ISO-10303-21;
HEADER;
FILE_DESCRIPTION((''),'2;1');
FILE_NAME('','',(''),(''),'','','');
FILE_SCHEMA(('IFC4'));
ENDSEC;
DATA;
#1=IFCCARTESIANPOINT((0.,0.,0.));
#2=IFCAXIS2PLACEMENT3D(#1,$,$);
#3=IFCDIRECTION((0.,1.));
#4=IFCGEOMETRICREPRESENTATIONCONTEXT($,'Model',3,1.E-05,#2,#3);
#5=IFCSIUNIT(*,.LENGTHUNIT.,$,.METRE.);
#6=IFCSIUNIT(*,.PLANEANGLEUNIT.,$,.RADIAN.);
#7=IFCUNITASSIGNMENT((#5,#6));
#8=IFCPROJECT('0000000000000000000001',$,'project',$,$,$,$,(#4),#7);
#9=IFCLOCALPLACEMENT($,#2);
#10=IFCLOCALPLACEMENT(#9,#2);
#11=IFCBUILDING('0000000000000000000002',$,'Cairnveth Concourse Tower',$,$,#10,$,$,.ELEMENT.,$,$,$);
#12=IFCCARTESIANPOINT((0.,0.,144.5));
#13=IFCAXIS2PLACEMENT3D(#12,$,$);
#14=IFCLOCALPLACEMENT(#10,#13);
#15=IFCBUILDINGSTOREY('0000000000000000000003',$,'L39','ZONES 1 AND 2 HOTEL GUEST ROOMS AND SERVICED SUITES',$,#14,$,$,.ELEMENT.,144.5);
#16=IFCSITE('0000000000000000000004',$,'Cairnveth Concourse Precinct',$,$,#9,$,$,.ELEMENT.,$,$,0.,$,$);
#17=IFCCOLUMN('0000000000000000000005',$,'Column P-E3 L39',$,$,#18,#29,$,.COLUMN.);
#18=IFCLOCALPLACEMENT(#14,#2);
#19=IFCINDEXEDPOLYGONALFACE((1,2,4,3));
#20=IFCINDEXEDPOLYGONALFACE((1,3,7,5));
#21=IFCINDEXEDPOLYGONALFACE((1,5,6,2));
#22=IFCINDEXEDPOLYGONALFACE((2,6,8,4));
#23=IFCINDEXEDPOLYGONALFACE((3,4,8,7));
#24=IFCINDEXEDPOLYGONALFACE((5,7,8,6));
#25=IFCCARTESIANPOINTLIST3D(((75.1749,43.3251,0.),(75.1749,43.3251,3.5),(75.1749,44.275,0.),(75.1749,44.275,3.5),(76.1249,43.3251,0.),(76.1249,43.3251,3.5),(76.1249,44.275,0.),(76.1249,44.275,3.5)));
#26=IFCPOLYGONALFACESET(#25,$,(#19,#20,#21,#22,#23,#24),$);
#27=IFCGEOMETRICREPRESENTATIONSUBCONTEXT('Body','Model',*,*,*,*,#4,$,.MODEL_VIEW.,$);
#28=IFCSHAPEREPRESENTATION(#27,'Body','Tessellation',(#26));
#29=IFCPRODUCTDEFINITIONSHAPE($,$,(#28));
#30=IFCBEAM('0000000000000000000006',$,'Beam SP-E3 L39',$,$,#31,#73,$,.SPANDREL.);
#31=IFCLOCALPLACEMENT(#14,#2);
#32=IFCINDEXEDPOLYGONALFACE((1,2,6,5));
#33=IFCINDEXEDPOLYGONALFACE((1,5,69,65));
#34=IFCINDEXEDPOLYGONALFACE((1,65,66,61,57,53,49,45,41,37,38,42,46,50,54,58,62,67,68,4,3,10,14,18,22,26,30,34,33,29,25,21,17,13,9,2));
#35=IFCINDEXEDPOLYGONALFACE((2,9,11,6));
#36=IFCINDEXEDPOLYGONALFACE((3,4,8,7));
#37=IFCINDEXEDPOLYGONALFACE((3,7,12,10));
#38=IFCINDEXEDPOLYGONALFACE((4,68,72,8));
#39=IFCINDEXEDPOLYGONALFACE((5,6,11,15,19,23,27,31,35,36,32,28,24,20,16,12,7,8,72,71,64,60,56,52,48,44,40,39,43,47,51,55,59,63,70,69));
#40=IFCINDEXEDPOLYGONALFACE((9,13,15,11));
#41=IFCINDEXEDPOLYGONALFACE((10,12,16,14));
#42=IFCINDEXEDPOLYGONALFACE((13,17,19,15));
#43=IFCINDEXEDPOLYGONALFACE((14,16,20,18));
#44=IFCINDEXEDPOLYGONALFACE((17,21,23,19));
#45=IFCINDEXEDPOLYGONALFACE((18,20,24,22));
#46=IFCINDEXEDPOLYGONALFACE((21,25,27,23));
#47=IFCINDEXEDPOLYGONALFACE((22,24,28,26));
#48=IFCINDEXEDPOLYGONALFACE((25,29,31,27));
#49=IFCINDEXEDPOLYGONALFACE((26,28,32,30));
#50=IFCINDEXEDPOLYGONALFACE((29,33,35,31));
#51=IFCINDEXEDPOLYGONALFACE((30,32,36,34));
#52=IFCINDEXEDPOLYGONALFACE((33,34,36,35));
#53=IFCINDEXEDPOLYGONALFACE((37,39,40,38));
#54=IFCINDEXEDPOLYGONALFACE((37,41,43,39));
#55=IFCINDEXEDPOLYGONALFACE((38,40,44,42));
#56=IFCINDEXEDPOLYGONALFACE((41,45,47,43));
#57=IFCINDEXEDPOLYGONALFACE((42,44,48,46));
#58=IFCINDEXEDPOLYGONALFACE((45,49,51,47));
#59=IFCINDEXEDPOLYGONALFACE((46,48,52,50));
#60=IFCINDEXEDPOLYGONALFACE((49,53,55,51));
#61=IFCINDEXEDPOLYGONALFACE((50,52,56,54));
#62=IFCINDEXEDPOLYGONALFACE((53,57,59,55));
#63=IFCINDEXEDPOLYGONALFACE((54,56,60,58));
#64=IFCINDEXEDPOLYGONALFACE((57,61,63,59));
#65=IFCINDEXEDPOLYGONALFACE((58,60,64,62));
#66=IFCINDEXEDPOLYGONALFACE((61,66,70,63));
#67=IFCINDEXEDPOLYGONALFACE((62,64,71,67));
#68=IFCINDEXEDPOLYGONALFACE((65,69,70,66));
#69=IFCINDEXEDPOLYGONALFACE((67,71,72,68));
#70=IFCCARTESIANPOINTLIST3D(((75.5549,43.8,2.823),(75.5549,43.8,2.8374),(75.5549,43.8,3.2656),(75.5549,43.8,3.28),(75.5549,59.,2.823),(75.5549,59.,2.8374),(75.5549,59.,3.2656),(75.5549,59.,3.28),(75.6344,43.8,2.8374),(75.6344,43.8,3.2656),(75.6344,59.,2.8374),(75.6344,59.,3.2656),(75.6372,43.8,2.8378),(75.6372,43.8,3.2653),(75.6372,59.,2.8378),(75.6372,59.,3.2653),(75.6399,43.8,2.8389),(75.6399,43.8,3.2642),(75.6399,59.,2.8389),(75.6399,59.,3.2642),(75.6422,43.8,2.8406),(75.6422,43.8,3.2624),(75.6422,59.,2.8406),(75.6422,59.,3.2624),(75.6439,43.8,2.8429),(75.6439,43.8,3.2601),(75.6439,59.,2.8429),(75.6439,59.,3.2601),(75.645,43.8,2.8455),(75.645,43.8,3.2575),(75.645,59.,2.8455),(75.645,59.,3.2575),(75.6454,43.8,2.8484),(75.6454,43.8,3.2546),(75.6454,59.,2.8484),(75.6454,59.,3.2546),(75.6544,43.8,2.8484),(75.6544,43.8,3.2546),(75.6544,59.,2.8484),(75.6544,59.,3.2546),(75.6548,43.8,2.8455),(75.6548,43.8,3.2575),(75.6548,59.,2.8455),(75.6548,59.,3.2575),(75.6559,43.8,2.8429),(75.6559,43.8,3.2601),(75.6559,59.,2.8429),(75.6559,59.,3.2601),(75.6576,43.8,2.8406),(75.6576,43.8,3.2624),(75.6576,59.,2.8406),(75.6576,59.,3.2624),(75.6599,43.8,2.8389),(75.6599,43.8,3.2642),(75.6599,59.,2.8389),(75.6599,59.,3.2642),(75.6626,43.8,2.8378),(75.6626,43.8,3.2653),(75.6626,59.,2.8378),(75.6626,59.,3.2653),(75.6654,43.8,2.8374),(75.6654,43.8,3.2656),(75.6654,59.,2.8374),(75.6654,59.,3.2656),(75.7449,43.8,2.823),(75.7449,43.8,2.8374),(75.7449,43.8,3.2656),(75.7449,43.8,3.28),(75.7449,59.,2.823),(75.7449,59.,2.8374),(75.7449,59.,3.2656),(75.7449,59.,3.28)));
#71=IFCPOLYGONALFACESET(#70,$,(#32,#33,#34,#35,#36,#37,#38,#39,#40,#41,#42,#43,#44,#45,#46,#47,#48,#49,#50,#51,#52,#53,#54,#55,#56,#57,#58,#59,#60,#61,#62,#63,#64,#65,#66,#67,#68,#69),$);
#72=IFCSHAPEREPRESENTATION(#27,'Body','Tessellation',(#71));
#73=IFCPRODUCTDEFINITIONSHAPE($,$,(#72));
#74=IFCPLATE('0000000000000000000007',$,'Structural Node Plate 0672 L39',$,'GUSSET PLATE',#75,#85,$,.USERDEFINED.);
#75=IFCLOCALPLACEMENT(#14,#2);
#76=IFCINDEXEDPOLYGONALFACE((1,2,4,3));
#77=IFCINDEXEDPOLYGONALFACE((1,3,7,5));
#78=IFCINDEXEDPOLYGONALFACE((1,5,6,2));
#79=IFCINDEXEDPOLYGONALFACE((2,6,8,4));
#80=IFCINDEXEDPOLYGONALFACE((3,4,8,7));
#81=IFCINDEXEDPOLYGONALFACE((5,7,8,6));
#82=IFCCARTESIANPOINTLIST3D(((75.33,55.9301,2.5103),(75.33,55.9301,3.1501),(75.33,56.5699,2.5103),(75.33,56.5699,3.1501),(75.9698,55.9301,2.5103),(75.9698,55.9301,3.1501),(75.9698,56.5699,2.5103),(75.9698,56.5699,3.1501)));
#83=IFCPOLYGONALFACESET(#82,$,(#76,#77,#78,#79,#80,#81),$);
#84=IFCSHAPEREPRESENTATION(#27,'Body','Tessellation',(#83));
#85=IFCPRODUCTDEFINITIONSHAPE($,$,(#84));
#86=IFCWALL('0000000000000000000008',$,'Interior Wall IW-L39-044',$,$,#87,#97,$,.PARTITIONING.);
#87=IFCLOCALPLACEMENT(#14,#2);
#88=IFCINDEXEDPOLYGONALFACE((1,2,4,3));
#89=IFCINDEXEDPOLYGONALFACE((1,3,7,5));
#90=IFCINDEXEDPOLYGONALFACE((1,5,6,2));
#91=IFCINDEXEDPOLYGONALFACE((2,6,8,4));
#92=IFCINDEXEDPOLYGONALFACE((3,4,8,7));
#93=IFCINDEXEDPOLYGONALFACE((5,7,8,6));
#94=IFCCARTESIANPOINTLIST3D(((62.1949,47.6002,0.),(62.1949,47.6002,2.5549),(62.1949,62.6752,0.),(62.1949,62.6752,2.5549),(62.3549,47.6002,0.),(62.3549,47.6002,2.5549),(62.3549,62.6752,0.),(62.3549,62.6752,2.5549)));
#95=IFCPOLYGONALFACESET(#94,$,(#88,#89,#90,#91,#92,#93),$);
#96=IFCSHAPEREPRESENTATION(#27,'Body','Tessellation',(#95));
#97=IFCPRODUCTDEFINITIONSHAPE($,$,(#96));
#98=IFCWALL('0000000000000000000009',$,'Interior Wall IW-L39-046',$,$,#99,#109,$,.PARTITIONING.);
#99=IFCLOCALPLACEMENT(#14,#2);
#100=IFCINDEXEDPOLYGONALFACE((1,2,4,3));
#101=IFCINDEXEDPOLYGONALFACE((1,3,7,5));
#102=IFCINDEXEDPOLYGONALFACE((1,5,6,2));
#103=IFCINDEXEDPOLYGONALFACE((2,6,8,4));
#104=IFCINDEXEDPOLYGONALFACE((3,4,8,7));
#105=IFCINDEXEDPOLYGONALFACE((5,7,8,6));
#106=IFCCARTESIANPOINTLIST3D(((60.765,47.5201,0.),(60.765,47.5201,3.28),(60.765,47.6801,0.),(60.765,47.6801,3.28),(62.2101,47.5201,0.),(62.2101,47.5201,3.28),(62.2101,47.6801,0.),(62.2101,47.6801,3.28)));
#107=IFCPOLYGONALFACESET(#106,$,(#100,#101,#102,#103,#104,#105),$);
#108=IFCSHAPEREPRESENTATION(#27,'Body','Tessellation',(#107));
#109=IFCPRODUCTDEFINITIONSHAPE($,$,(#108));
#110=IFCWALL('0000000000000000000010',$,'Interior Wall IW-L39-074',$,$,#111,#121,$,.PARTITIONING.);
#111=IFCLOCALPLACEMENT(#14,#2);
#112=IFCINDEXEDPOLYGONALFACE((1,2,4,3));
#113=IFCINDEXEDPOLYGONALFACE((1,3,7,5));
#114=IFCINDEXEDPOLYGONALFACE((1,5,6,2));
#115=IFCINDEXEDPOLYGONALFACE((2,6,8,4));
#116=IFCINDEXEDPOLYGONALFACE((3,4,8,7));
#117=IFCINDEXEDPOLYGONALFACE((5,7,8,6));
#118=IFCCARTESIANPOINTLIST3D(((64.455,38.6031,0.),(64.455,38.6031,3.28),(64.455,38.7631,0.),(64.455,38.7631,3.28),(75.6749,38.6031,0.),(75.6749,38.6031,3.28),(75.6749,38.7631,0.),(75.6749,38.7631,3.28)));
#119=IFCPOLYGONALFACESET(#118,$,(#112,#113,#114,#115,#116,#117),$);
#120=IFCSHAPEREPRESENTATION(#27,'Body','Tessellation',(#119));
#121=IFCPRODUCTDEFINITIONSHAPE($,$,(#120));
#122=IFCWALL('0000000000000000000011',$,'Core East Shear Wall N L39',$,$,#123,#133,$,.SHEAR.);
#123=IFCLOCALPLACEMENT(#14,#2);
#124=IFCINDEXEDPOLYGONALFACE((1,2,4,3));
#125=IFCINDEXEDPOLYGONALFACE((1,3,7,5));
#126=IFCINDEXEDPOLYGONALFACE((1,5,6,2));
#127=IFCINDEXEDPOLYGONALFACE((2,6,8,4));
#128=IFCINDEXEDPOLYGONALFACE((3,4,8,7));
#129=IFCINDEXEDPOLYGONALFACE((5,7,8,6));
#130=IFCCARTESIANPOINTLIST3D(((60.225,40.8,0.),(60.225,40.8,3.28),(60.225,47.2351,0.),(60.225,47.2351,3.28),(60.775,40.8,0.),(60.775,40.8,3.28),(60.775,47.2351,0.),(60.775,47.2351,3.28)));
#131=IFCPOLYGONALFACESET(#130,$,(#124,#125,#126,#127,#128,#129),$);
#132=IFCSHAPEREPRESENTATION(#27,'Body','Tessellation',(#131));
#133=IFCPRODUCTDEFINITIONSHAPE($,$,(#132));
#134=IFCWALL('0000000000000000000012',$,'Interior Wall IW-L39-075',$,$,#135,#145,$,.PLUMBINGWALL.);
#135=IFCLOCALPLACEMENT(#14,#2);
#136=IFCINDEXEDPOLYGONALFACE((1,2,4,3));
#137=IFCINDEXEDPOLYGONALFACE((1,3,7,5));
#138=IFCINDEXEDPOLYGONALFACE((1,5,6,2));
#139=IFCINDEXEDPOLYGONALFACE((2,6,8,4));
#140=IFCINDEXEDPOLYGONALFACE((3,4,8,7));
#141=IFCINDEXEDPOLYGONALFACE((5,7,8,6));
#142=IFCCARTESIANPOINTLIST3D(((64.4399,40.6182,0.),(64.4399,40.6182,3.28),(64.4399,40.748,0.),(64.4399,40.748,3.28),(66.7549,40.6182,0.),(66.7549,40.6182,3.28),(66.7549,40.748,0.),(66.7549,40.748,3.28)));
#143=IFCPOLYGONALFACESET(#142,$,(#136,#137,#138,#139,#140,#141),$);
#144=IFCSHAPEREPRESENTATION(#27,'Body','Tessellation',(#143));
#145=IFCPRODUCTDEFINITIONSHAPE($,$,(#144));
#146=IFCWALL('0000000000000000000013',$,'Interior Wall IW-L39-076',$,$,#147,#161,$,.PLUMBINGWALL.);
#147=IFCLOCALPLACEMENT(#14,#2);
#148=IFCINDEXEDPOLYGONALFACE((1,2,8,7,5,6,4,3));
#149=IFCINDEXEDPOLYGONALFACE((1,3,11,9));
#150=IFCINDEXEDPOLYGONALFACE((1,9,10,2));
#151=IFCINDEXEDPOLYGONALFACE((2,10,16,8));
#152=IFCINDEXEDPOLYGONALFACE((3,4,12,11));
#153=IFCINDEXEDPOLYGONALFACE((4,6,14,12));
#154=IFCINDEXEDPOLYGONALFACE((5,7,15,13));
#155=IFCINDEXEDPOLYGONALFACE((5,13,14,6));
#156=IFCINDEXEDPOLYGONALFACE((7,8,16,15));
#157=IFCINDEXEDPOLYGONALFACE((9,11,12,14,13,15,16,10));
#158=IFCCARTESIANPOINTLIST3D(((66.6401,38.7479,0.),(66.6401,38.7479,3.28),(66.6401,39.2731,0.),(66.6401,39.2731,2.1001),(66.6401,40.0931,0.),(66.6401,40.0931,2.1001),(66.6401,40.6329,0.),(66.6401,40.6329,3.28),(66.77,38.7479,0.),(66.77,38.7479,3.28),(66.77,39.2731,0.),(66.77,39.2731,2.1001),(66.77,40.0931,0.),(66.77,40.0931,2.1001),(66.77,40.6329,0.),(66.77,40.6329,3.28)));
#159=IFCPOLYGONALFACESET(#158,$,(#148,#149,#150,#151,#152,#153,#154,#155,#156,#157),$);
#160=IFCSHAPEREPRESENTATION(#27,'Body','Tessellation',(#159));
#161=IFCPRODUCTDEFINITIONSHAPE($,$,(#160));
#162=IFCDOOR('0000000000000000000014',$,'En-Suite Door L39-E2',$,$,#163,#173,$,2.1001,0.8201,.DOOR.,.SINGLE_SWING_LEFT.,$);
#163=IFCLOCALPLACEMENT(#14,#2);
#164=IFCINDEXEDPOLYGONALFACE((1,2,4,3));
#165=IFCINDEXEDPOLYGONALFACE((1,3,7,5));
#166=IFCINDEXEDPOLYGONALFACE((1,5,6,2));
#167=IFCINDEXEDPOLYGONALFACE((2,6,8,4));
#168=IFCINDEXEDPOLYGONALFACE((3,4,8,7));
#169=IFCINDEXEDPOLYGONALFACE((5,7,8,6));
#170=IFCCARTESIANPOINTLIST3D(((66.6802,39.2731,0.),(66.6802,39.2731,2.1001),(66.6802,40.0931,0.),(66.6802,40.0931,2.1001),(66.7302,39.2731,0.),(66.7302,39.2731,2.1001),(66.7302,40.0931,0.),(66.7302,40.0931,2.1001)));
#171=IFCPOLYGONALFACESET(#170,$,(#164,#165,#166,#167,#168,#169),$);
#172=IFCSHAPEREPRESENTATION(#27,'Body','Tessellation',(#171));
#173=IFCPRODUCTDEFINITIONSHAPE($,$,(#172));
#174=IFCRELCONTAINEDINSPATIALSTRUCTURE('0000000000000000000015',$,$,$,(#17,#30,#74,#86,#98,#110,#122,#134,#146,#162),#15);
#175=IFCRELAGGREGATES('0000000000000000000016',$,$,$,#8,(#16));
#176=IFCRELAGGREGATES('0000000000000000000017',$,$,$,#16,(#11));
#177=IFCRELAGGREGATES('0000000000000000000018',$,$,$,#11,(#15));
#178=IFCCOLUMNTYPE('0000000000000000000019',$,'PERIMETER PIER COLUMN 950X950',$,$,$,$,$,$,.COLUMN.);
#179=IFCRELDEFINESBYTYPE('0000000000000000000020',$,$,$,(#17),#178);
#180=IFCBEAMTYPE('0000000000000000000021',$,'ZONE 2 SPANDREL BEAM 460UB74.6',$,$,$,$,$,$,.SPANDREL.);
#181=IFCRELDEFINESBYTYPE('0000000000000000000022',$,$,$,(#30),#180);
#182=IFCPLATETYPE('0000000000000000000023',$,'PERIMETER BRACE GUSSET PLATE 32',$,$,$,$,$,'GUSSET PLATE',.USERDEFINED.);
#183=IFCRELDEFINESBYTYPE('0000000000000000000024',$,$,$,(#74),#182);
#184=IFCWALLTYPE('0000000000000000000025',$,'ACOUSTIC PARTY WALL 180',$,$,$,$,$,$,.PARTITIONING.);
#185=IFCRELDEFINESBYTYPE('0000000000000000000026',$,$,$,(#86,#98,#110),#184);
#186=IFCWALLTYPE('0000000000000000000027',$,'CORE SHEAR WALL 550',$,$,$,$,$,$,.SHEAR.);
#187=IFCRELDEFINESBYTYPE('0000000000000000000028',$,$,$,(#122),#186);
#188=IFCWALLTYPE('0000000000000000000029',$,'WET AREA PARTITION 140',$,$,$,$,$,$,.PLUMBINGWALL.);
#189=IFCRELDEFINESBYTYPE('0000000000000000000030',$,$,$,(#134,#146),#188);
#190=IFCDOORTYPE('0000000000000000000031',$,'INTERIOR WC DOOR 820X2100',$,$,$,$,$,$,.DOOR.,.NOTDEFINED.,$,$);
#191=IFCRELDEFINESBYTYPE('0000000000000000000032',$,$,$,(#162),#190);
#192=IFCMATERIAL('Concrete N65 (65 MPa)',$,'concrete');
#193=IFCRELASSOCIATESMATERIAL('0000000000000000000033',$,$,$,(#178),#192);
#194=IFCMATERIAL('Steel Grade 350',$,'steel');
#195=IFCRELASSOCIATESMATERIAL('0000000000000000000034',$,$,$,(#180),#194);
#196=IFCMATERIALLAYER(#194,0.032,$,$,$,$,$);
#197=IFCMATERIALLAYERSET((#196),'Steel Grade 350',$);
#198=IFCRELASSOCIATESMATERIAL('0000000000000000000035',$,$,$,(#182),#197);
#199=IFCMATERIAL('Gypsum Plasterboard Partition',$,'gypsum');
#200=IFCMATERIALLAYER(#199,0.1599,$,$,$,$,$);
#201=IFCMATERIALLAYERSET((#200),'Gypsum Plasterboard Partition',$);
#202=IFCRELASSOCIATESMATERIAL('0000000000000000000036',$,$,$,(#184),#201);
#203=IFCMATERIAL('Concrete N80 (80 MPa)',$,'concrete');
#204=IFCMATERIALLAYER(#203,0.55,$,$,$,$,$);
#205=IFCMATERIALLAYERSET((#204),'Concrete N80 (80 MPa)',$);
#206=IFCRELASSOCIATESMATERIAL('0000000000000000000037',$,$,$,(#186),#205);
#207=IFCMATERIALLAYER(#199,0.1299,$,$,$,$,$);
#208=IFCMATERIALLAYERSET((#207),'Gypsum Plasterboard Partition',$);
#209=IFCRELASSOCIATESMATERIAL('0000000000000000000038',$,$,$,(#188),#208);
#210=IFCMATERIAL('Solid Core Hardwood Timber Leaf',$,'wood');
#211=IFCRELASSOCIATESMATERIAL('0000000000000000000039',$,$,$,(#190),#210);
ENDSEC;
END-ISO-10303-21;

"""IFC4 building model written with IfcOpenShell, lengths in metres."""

from ifc_helpers import new_model, si_unit, direction, frame, frame_2d, origin, origin_2d, place, context, subcontext, project, spatial, rectangle, i_section, extrude, material, layer, layer_set, material_profile, profile_set, type_object, element, fill, save


model = new_model("IFC4")

# Units and contexts
model_context = context("Model", 3, precision=1e-05, world=origin(), true_north=direction((0.0, 1.0)))
body_context = subcontext(model_context, "Body", "Model", "MODEL_VIEW")
ifc_project = project(units=[si_unit("LENGTHUNIT", "METRE"), si_unit("PLANEANGLEUNIT", "RADIAN")], contexts=[model_context])

# Site, building, storey
site_placement = place(None, origin())
site = spatial("IfcSite", under=ifc_project, at=site_placement, Name="Cairnveth Concourse Precinct", CompositionType="ELEMENT", RefElevation=0.0)
building_placement = place(site_placement, origin())
building = spatial("IfcBuilding", under=site, at=building_placement, Name="Cairnveth Concourse Tower", CompositionType="ELEMENT")
storey_placement = place(building_placement, frame((0.0, 0.0, 144.5)))
storey = spatial("IfcBuildingStorey", under=building, at=storey_placement, Name="L39", Description="ZONES 1 AND 2 HOTEL GUEST ROOMS AND SERVICED SUITES", CompositionType="ELEMENT", Elevation=144.5)

# Column
ifc_material_1 = material(Name="Concrete N65 (65 MPa)", Category="concrete")
ifc_material_profile_1 = material_profile(ifc_material_1, rectangle(XDim=0.95, YDim=0.95, at=origin_2d()), Name="RC-COL-950x950")
ifc_profile_set_1 = profile_set([ifc_material_profile_1], Name="Concrete N65 (65 MPa)")
column_type = type_object("IfcColumnType", Name="PERIMETER PIER COLUMN 950X950", PredefinedType="COLUMN", material=ifc_profile_set_1)
column_placement = place(storey_placement, frame((75.6499, 43.8, 0.0), z_axis=(0.0, 0.0, 1.0), x_axis=(0.0, 1.0, 0.0)))
element("IfcColumn", 1, at=column_placement, inside=storey, type_object=column_type, Name="Column P-E3 L39", PredefinedType="COLUMN", context=body_context, shape_type="SweptSolid", body=[
    extrude(rectangle(XDim=0.95, YDim=0.95, at=origin_2d()), origin(), (0.0, 0.0, 1.0), 3.5),
])

# Beam
ifc_material_2 = material(Name="Steel Grade 350", Category="steel")
ifc_material_profile_2 = material_profile(ifc_material_2, i_section(OverallWidth=0.1899, OverallDepth=0.457, WebThickness=0.009, FlangeThickness=0.0144, FilletRadius=0.011, at=origin_2d()), Name="460UB74.6")
ifc_profile_set_2 = profile_set([ifc_material_profile_2], Name="Steel Grade 350")
beam_type = type_object("IfcBeamType", Name="ZONE 2 SPANDREL BEAM 460UB74.6", PredefinedType="SPANDREL", material=ifc_profile_set_2)
beam_placement = place(storey_placement, frame((75.6499, 43.8, 3.0515), z_axis=(0.0, 1.0, 0.0), x_axis=(-1.0, 0.0, 0.0)))
element("IfcBeam", 2, at=beam_placement, inside=storey, type_object=beam_type, Name="Beam SP-E3 L39", PredefinedType="SPANDREL", context=body_context, shape_type="SweptSolid", body=[
    extrude(i_section(OverallWidth=0.1899, OverallDepth=0.457, WebThickness=0.009, FlangeThickness=0.0144, FilletRadius=0.011, at=origin_2d()), origin(), (0.0, 0.0, 1.0), 15.2),
])

# Plate
ifc_layer_1 = layer(ifc_material_2, 0.032)
ifc_layer_set_1 = layer_set([ifc_layer_1], Name="Steel Grade 350")
plate_type = type_object("IfcPlateType", Name="PERIMETER BRACE GUSSET PLATE 32", ElementType="GUSSET PLATE", PredefinedType="USERDEFINED", material=ifc_layer_set_1)
plate_placement = place(storey_placement, frame((75.6499, 56.25, 2.5103), z_axis=(0.0, 0.0, 1.0), x_axis=(1.0, 0.0, 0.0)))
element("IfcPlate", 3, at=plate_placement, inside=storey, type_object=plate_type, Name="Structural Node Plate 0672 L39", ObjectType="GUSSET PLATE", PredefinedType="USERDEFINED", context=body_context, shape_type="SweptSolid", body=[
    extrude(rectangle(XDim=0.6399, YDim=0.6399, at=origin_2d()), origin(), (0.0, 0.0, 1.0), 0.6399),
])

# Walls
ifc_material_3 = material(Name="Gypsum Plasterboard Partition", Category="gypsum")
ifc_layer_2 = layer(ifc_material_3, 0.1599)
ifc_layer_set_2 = layer_set([ifc_layer_2], Name="Gypsum Plasterboard Partition")
wall_type_1 = type_object("IfcWallType", Name="ACOUSTIC PARTY WALL 180", PredefinedType="PARTITIONING", material=ifc_layer_set_2)
wall_1_placement = place(storey_placement, frame((62.2749, 47.6001, 0.0), z_axis=(0.0, 0.0, 1.0), x_axis=(0.0, 1.0, 0.0)))
element("IfcWall", 4, at=wall_1_placement, inside=storey, type_object=wall_type_1, Name="Interior Wall IW-L39-044", PredefinedType="PARTITIONING", context=body_context, shape_type="SweptSolid", body=[
    extrude(rectangle(XDim=15.075, YDim=0.1599, at=frame_2d((7.5376, 0.0))), origin(), (0.0, 0.0, 1.0), 2.5549),
])
wall_2_placement = place(storey_placement, frame((60.7649, 47.6001, 0.0), z_axis=(0.0, 0.0, 1.0), x_axis=(1.0, 0.0, 0.0)))
element("IfcWall", 5, at=wall_2_placement, inside=storey, type_object=wall_type_1, Name="Interior Wall IW-L39-046", PredefinedType="PARTITIONING", context=body_context, shape_type="SweptSolid", body=[
    extrude(rectangle(XDim=1.4451, YDim=0.1599, at=frame_2d((0.7227, 0.0))), origin(), (0.0, 0.0, 1.0), 3.28),
])
wall_3_placement = place(storey_placement, frame((64.4551, 38.6831, 0.0), z_axis=(0.0, 0.0, 1.0), x_axis=(1.0, 0.0, 0.0)))
element("IfcWall", 6, at=wall_3_placement, inside=storey, type_object=wall_type_1, Name="Interior Wall IW-L39-074", PredefinedType="PARTITIONING", context=body_context, shape_type="SweptSolid", body=[
    extrude(rectangle(XDim=11.22, YDim=0.1599, at=frame_2d((5.6099, 0.0))), origin(), (0.0, 0.0, 1.0), 3.28),
])
ifc_material_4 = material(Name="Concrete N80 (80 MPa)", Category="concrete")
ifc_layer_3 = layer(ifc_material_4, 0.55)
ifc_layer_set_3 = layer_set([ifc_layer_3], Name="Concrete N80 (80 MPa)")
wall_type_2 = type_object("IfcWallType", Name="CORE SHEAR WALL 550", PredefinedType="SHEAR", material=ifc_layer_set_3)
wall_4_placement = place(storey_placement, frame((60.5, 40.8, 0.0), z_axis=(0.0, 0.0, 1.0), x_axis=(0.0, 1.0, 0.0)))
element("IfcWall", 7, at=wall_4_placement, inside=storey, type_object=wall_type_2, Name="Core East Shear Wall N L39", PredefinedType="SHEAR", context=body_context, shape_type="SweptSolid", body=[
    extrude(rectangle(XDim=6.4351, YDim=0.55, at=frame_2d((3.2175, 0.0))), origin(), (0.0, 0.0, 1.0), 3.28),
])

# Wall
ifc_layer_4 = layer(ifc_material_3, 0.1299)
ifc_layer_set_4 = layer_set([ifc_layer_4], Name="Gypsum Plasterboard Partition")
wall_type_3 = type_object("IfcWallType", Name="WET AREA PARTITION 140", PredefinedType="PLUMBINGWALL", material=ifc_layer_set_4)
wall_5_placement = place(storey_placement, frame((64.4399, 40.6831, 0.0), z_axis=(0.0, 0.0, 1.0), x_axis=(1.0, 0.0, 0.0)))
element("IfcWall", 8, at=wall_5_placement, inside=storey, type_object=wall_type_3, Name="Interior Wall IW-L39-075", PredefinedType="PLUMBINGWALL", context=body_context, shape_type="SweptSolid", body=[
    extrude(rectangle(XDim=2.3149, YDim=0.1299, at=frame_2d((1.1575, 0.0))), origin(), (0.0, 0.0, 1.0), 3.28),
])

# Wall, opening, door
wall_6_placement = place(storey_placement, frame((66.7051, 38.748, 0.0), z_axis=(0.0, 0.0, 1.0), x_axis=(0.0, 1.0, 0.0)))
wall_6 = element("IfcWall", 9, at=wall_6_placement, inside=storey, type_object=wall_type_3, Name="Interior Wall IW-L39-076", PredefinedType="PLUMBINGWALL", context=body_context, shape_type="SweptSolid", body=[
    extrude(rectangle(XDim=1.885, YDim=0.1299, at=frame_2d((0.9424, 0.0))), origin(), (0.0, 0.0, 1.0), 3.28),
])
opening_1_placement = place(wall_6_placement, frame((0.5249, 0.0, 0.0)))
opening_1 = element("IfcOpeningElement", 10, at=opening_1_placement, cuts=wall_6, PredefinedType="OPENING", context=body_context, shape_type="SweptSolid", body=[
    extrude(rectangle(XDim=0.8201, YDim=2.1001, at=frame_2d((0.4102, 1.05))), frame((0.0, 0.075, 0.0), z_axis=(0.0, -1.0, 0.0), x_axis=(1.0, 0.0, 0.0)), (0.0, 0.0, 1.0), 0.1499),
])
ifc_material_5 = material(Name="Solid Core Hardwood Timber Leaf", Category="wood")
door_type_1 = type_object("IfcDoorType", Name="INTERIOR WC DOOR 820X2100", OperationType="NOTDEFINED", PredefinedType="DOOR", material=ifc_material_5)
door_1_placement = place(opening_1_placement, origin())
door_1 = element("IfcDoor", 11, at=door_1_placement, inside=storey, type_object=door_type_1, Name="En-Suite Door L39-E2", OperationType="SINGLE_SWING_LEFT", OverallHeight=2.1001, OverallWidth=0.8201, PredefinedType="DOOR", context=body_context, shape_type="SweptSolid", body=[
    extrude(rectangle(XDim=0.8201, YDim=2.1001, at=frame_2d((0.4102, 1.05))), frame((0.0, 0.0249, 0.0), z_axis=(0.0, -1.0, 0.0), x_axis=(1.0, 0.0, 0.0)), (0.0, 0.0, 1.0), 0.05),
])
fill(opening_1, door_1)

save(model, "model.ifc")
